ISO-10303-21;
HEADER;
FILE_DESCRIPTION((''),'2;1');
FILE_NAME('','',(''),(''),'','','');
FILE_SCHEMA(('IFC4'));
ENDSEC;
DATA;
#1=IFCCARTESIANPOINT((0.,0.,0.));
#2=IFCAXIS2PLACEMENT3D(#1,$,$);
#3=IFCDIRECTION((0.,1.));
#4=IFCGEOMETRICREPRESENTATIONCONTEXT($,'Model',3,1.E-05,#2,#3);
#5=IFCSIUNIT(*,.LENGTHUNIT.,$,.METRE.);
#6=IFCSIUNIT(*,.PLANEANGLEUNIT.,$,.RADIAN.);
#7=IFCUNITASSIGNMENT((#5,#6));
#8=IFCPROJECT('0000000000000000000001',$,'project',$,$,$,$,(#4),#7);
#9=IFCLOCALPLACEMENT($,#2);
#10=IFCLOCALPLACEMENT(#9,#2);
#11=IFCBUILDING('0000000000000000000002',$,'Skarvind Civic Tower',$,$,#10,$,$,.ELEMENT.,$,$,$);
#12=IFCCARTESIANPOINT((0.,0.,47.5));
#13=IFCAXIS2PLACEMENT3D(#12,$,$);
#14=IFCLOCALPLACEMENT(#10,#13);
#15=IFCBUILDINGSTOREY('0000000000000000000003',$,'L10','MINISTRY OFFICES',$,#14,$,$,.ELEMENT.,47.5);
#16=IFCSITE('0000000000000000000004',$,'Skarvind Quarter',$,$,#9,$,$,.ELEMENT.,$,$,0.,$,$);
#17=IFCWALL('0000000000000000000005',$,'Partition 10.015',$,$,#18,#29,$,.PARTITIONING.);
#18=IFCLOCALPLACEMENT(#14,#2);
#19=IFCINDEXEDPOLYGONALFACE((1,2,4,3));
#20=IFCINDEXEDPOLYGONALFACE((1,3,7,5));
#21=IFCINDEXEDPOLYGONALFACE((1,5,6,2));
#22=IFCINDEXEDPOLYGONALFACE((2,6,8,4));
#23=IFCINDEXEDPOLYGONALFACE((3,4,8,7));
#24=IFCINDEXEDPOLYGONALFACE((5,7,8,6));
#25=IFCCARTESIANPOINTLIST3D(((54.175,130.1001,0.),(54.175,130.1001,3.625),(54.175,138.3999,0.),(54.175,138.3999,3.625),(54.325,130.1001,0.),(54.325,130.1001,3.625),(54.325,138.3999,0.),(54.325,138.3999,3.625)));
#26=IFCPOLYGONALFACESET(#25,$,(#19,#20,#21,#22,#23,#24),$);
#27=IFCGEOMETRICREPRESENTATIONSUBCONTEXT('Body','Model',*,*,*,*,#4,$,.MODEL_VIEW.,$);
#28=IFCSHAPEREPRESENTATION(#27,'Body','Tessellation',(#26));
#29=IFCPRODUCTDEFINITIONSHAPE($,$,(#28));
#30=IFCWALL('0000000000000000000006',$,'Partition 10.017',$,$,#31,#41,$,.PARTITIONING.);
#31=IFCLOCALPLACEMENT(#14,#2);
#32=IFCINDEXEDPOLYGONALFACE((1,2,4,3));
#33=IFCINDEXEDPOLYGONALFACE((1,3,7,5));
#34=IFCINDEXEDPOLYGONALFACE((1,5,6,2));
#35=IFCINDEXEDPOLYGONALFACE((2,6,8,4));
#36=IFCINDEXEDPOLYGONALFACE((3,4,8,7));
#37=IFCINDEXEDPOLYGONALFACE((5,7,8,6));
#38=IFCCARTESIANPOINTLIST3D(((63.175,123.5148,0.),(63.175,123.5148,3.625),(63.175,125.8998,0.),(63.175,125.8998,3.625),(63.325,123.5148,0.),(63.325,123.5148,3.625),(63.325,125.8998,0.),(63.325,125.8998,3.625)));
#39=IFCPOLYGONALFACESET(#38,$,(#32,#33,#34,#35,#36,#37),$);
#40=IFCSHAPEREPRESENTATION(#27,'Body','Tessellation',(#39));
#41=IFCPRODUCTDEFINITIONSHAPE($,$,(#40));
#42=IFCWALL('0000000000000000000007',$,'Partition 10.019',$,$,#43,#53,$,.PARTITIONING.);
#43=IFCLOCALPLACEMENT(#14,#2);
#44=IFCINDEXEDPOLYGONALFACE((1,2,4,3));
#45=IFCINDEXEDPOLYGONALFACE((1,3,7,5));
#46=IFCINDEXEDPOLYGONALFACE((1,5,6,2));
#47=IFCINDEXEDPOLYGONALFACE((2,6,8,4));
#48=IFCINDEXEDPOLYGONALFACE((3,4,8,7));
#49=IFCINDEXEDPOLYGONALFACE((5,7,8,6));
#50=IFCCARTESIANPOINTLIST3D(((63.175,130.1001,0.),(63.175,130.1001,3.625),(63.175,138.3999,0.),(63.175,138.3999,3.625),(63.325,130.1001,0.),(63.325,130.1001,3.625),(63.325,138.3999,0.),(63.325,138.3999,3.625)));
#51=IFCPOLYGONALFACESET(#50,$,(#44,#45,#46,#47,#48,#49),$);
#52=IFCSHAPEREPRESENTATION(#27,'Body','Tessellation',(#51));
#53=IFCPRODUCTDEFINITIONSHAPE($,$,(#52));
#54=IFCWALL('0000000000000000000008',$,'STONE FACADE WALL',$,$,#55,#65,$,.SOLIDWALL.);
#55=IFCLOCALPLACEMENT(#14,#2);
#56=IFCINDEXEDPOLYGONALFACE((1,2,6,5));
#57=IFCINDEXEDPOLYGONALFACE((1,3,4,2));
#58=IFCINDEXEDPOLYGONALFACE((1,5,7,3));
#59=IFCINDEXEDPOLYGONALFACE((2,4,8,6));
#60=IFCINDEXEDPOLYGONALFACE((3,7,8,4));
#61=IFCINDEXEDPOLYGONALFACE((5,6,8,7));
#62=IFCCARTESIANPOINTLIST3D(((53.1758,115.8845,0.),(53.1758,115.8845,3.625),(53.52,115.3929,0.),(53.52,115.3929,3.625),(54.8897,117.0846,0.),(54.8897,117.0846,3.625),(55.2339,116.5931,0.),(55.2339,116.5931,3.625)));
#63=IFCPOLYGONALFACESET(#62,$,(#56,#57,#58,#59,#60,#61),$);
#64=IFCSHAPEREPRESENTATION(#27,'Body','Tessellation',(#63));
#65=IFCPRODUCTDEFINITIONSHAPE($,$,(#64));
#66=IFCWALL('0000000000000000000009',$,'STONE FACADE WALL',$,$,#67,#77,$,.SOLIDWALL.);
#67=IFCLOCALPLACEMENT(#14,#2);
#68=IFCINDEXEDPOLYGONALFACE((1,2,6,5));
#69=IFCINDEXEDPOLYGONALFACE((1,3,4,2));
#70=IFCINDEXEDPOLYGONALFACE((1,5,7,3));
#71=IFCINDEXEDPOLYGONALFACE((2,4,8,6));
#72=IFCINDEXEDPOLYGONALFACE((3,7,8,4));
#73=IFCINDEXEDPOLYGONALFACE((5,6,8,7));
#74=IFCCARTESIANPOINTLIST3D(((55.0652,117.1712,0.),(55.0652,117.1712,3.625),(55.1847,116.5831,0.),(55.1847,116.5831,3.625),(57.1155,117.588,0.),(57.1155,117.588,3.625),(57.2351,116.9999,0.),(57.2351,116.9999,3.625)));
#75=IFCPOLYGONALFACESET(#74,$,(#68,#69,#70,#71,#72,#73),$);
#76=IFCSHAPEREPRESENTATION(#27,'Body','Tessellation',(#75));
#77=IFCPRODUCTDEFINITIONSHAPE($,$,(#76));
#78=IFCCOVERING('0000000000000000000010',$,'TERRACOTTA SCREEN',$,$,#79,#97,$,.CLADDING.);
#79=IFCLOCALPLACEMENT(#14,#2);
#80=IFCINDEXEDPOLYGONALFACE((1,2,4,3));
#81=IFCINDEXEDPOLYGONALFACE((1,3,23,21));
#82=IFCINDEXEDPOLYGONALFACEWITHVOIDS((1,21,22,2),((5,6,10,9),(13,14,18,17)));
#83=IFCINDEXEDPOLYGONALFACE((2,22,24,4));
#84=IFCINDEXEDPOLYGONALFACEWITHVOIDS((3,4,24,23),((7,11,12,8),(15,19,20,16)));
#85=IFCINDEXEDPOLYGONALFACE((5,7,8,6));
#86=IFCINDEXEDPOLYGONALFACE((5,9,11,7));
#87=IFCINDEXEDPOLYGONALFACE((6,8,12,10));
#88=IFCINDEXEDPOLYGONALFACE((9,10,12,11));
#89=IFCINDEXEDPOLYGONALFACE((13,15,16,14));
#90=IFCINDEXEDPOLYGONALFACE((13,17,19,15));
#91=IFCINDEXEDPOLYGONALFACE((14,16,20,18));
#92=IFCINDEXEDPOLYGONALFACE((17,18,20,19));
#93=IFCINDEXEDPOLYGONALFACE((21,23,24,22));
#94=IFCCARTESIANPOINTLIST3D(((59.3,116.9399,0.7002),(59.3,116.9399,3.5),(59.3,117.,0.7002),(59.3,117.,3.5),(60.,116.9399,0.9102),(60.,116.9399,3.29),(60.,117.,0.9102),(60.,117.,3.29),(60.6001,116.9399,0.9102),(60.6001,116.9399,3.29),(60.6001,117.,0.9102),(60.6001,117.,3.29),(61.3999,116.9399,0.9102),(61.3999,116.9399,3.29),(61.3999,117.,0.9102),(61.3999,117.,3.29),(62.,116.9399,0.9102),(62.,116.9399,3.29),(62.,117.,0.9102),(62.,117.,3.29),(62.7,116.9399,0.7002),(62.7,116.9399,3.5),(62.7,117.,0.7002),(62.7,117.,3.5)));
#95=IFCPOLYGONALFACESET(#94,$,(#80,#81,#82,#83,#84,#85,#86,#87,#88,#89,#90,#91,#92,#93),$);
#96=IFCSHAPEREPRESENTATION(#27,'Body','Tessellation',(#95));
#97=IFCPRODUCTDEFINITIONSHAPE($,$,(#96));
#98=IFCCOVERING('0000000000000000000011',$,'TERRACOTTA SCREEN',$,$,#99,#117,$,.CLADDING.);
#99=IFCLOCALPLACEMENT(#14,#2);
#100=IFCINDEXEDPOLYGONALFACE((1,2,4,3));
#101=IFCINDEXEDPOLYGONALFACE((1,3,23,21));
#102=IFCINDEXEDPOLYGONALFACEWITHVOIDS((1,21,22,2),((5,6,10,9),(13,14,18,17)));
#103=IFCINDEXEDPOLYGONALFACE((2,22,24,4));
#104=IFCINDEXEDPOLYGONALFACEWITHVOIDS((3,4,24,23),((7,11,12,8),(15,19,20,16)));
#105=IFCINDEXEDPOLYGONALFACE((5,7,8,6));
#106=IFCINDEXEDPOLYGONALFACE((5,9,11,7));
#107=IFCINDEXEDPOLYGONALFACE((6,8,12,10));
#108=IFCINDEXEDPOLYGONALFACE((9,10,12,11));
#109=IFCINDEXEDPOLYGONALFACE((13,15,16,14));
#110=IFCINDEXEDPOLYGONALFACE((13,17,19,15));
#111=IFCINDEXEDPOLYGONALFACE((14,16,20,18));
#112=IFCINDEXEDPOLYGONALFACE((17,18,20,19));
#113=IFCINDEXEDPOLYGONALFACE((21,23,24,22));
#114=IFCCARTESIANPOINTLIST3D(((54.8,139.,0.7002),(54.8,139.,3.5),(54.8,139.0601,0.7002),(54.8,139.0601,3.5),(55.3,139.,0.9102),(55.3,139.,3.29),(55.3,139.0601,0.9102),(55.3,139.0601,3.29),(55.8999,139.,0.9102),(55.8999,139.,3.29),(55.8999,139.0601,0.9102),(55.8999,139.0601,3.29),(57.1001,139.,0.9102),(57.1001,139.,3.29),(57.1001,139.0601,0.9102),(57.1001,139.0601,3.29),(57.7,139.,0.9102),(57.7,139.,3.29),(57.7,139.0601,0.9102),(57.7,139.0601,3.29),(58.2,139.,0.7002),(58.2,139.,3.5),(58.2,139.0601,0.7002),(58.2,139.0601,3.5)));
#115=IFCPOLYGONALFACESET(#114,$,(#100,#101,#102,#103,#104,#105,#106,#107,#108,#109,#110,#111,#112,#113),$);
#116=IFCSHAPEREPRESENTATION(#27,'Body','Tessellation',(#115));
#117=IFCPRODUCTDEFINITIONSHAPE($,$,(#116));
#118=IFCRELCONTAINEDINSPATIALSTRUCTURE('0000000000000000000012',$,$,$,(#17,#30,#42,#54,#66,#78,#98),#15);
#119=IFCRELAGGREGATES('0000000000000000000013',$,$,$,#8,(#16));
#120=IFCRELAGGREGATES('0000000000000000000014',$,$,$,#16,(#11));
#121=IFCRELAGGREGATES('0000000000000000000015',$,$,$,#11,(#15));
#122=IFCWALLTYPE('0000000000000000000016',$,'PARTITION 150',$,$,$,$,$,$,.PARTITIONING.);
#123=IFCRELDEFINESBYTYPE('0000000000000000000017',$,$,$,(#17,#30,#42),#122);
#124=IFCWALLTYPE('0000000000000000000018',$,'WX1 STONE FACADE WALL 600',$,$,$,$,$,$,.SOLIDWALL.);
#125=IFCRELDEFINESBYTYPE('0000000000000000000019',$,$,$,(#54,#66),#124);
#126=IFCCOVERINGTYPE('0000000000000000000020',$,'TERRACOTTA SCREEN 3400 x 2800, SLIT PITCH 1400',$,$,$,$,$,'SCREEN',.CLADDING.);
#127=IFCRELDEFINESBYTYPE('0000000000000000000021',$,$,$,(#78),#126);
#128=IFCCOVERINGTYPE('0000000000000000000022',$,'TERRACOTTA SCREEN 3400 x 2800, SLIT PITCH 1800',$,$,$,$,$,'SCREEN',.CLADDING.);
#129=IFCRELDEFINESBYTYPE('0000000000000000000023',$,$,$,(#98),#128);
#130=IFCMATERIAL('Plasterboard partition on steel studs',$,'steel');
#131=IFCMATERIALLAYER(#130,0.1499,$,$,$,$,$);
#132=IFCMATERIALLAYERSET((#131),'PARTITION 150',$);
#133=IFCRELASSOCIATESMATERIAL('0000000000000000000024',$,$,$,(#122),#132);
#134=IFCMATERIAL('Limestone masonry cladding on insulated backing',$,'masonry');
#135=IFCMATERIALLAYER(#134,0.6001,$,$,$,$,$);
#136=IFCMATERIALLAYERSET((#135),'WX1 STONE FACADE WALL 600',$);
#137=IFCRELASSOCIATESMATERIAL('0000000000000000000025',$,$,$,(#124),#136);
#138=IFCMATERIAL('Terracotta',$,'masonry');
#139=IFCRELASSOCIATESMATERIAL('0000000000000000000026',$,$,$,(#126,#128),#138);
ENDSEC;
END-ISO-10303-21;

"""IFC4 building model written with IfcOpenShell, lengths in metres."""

from ifc_helpers import new_model, si_unit, direction, frame, frame_2d, origin, place, context, subcontext, project, spatial, polyline, rectangle, outline, extrude, material, layer, layer_set, material_profile, profile_set, type_object, element, save


model = new_model("IFC4")

# Units and contexts
model_context = context("Model", 3, precision=1e-05, world=origin(), true_north=direction((0.0, 1.0)))
body_context = subcontext(model_context, "Body", "Model", "MODEL_VIEW")
ifc_project = project(units=[si_unit("LENGTHUNIT", "METRE"), si_unit("PLANEANGLEUNIT", "RADIAN")], contexts=[model_context])

# Site, building, storey
site_placement = place(None, origin())
site = spatial("IfcSite", under=ifc_project, at=site_placement, Name="Skarvind Quarter", CompositionType="ELEMENT", RefElevation=0.0)
building_placement = place(site_placement, origin())
building = spatial("IfcBuilding", under=site, at=building_placement, Name="Skarvind Civic Tower", CompositionType="ELEMENT")
storey_placement = place(building_placement, frame((0.0, 0.0, 47.5)))
storey = spatial("IfcBuildingStorey", under=building, at=storey_placement, Name="L10", Description="MINISTRY OFFICES", CompositionType="ELEMENT", Elevation=47.5)

# Walls
ifc_material_1 = material(Name="Plasterboard partition on steel studs", Category="steel")
ifc_layer_1 = layer(ifc_material_1, 0.1499)
ifc_layer_set_1 = layer_set([ifc_layer_1], Name="PARTITION 150")
wall_type_1 = type_object("IfcWallType", Name="PARTITION 150", PredefinedType="PARTITIONING", material=ifc_layer_set_1)
wall_1_placement = place(storey_placement, frame((54.25, 138.3999, 0.0), z_axis=(0.0, 0.0, 1.0), x_axis=(0.0, -1.0, 0.0)))
element("IfcWall", 1, at=wall_1_placement, inside=storey, type_object=wall_type_1, Name="Partition 10.015", PredefinedType="PARTITIONING", context=body_context, shape_type="SweptSolid", body=[
    extrude(rectangle(XDim=8.2998, YDim=0.1499, at=frame_2d((4.1499, 0.0))), origin(), (0.0, 0.0, 1.0), 3.625),
])
wall_2_placement = place(storey_placement, frame((63.25, 123.5149, 0.0), z_axis=(0.0, 0.0, 1.0), x_axis=(0.0, 1.0, 0.0)))
element("IfcWall", 2, at=wall_2_placement, inside=storey, type_object=wall_type_1, Name="Partition 10.017", PredefinedType="PARTITIONING", context=body_context, shape_type="SweptSolid", body=[
    extrude(rectangle(XDim=2.385, YDim=0.1499, at=frame_2d((1.1924, 0.0))), origin(), (0.0, 0.0, 1.0), 3.625),
])
wall_3_placement = place(storey_placement, frame((63.25, 130.1001, 0.0), z_axis=(0.0, 0.0, 1.0), x_axis=(0.0, 1.0, 0.0)))
element("IfcWall", 3, at=wall_3_placement, inside=storey, type_object=wall_type_1, Name="Partition 10.019", PredefinedType="PARTITIONING", context=body_context, shape_type="SweptSolid", body=[
    extrude(rectangle(XDim=8.2998, YDim=0.1499, at=frame_2d((4.1499, 0.0))), origin(), (0.0, 0.0, 1.0), 3.625),
])
ifc_material_2 = material(Name="Limestone masonry cladding on insulated backing", Category="masonry")
ifc_layer_2 = layer(ifc_material_2, 0.6001)
ifc_layer_set_2 = layer_set([ifc_layer_2], Name="WX1 STONE FACADE WALL 600")
wall_type_2 = type_object("IfcWallType", Name="WX1 STONE FACADE WALL 600", PredefinedType="SOLIDWALL", material=ifc_layer_set_2)
for number, where, z_axis, x_axis, name in (
    (4, (55.0618, 116.8389, 0.0), (0.0, 0.0, 1.0), (-0.819122, -0.573619, 0.0), "STONE FACADE WALL"),
    (5, (57.1753, 117.2939, 0.0), (0.0, 0.0, 1.0), (-0.979961, -0.199189, 0.0), "STONE FACADE WALL"),
):
    element("IfcWall", number, at=place(storey_placement, frame(where, z_axis=z_axis, x_axis=x_axis)), inside=storey, type_object=wall_type_2, Name=name, PredefinedType="SOLIDWALL", context=body_context, shape_type="SweptSolid", body=[
        extrude(rectangle(XDim=2.0923, YDim=0.6001, at=frame_2d((1.0461, 0.0))), origin(), (0.0, 0.0, 1.0), 3.625),
    ])

# Coverings
ifc_material_3 = material(Name="Terracotta", Category="masonry")
ifc_material_profile_1 = material_profile(ifc_material_3, outline(polyline([(-1.7, -1.3999), (1.7, -1.3999), (1.7, 1.3999), (-1.7, 1.3999), (-1.7, -1.3999)]), holes=[polyline([(-1.0, -1.1899), (-0.3999, -1.1899), (-0.3999, 1.1899), (-1.0, 1.1899), (-1.0, -1.1899)]), polyline([(0.3999, -1.1899), (1.0, -1.1899), (1.0, 1.1899), (0.3999, 1.1899), (0.3999, -1.1899)])]), Name="TERRACOTTA SCREEN 3400 x 2800, SLIT PITCH 1400")
ifc_profile_set_1 = profile_set([ifc_material_profile_1], Name="Terracotta")
covering_type_1 = type_object("IfcCoveringType", Name="TERRACOTTA SCREEN 3400 x 2800, SLIT PITCH 1400", ElementType="SCREEN", PredefinedType="CLADDING", material=ifc_profile_set_1)
covering_1_placement = place(storey_placement, frame((61.0, 117.0, 2.1001), z_axis=(0.0, -1.0, 0.0), x_axis=(1.0, 0.0, 0.0)))
element("IfcCovering", 6, at=covering_1_placement, inside=storey, type_object=covering_type_1, Name="TERRACOTTA SCREEN", PredefinedType="CLADDING", context=body_context, shape_type="SweptSolid", body=[
    extrude(outline(polyline([(-1.7, -1.3999), (1.7, -1.3999), (1.7, 1.3999), (-1.7, 1.3999), (-1.7, -1.3999)]), holes=[polyline([(-1.0, -1.1899), (-0.3999, -1.1899), (-0.3999, 1.1899), (-1.0, 1.1899), (-1.0, -1.1899)]), polyline([(0.3999, -1.1899), (1.0, -1.1899), (1.0, 1.1899), (0.3999, 1.1899), (0.3999, -1.1899)])]), origin(), (0.0, 0.0, 1.0), 0.0601),
])
ifc_material_profile_2 = material_profile(ifc_material_3, outline(polyline([(-1.7, -1.3999), (1.7, -1.3999), (1.7, 1.3999), (-1.7, 1.3999), (-1.7, -1.3999)]), holes=[polyline([(-1.2, -1.1899), (-0.6001, -1.1899), (-0.6001, 1.1899), (-1.2, 1.1899), (-1.2, -1.1899)]), polyline([(0.6001, -1.1899), (1.2, -1.1899), (1.2, 1.1899), (0.6001, 1.1899), (0.6001, -1.1899)])]), Name="TERRACOTTA SCREEN 3400 x 2800, SLIT PITCH 1800")
ifc_profile_set_2 = profile_set([ifc_material_profile_2], Name="Terracotta")
covering_type_2 = type_object("IfcCoveringType", Name="TERRACOTTA SCREEN 3400 x 2800, SLIT PITCH 1800", ElementType="SCREEN", PredefinedType="CLADDING", material=ifc_profile_set_2)
covering_2_placement = place(storey_placement, frame((56.5, 139.0, 2.1001), z_axis=(0.0, 1.0, 0.0), x_axis=(-1.0, 0.0, 0.0)))
element("IfcCovering", 7, at=covering_2_placement, inside=storey, type_object=covering_type_2, Name="TERRACOTTA SCREEN", PredefinedType="CLADDING", context=body_context, shape_type="SweptSolid", body=[
    extrude(outline(polyline([(-1.7, -1.3999), (1.7, -1.3999), (1.7, 1.3999), (-1.7, 1.3999), (-1.7, -1.3999)]), holes=[polyline([(-1.2, -1.1899), (-0.6001, -1.1899), (-0.6001, 1.1899), (-1.2, 1.1899), (-1.2, -1.1899)]), polyline([(0.6001, -1.1899), (1.2, -1.1899), (1.2, 1.1899), (0.6001, 1.1899), (0.6001, -1.1899)])]), origin(), (0.0, 0.0, 1.0), 0.0601),
])

save(model, "model.ifc")
